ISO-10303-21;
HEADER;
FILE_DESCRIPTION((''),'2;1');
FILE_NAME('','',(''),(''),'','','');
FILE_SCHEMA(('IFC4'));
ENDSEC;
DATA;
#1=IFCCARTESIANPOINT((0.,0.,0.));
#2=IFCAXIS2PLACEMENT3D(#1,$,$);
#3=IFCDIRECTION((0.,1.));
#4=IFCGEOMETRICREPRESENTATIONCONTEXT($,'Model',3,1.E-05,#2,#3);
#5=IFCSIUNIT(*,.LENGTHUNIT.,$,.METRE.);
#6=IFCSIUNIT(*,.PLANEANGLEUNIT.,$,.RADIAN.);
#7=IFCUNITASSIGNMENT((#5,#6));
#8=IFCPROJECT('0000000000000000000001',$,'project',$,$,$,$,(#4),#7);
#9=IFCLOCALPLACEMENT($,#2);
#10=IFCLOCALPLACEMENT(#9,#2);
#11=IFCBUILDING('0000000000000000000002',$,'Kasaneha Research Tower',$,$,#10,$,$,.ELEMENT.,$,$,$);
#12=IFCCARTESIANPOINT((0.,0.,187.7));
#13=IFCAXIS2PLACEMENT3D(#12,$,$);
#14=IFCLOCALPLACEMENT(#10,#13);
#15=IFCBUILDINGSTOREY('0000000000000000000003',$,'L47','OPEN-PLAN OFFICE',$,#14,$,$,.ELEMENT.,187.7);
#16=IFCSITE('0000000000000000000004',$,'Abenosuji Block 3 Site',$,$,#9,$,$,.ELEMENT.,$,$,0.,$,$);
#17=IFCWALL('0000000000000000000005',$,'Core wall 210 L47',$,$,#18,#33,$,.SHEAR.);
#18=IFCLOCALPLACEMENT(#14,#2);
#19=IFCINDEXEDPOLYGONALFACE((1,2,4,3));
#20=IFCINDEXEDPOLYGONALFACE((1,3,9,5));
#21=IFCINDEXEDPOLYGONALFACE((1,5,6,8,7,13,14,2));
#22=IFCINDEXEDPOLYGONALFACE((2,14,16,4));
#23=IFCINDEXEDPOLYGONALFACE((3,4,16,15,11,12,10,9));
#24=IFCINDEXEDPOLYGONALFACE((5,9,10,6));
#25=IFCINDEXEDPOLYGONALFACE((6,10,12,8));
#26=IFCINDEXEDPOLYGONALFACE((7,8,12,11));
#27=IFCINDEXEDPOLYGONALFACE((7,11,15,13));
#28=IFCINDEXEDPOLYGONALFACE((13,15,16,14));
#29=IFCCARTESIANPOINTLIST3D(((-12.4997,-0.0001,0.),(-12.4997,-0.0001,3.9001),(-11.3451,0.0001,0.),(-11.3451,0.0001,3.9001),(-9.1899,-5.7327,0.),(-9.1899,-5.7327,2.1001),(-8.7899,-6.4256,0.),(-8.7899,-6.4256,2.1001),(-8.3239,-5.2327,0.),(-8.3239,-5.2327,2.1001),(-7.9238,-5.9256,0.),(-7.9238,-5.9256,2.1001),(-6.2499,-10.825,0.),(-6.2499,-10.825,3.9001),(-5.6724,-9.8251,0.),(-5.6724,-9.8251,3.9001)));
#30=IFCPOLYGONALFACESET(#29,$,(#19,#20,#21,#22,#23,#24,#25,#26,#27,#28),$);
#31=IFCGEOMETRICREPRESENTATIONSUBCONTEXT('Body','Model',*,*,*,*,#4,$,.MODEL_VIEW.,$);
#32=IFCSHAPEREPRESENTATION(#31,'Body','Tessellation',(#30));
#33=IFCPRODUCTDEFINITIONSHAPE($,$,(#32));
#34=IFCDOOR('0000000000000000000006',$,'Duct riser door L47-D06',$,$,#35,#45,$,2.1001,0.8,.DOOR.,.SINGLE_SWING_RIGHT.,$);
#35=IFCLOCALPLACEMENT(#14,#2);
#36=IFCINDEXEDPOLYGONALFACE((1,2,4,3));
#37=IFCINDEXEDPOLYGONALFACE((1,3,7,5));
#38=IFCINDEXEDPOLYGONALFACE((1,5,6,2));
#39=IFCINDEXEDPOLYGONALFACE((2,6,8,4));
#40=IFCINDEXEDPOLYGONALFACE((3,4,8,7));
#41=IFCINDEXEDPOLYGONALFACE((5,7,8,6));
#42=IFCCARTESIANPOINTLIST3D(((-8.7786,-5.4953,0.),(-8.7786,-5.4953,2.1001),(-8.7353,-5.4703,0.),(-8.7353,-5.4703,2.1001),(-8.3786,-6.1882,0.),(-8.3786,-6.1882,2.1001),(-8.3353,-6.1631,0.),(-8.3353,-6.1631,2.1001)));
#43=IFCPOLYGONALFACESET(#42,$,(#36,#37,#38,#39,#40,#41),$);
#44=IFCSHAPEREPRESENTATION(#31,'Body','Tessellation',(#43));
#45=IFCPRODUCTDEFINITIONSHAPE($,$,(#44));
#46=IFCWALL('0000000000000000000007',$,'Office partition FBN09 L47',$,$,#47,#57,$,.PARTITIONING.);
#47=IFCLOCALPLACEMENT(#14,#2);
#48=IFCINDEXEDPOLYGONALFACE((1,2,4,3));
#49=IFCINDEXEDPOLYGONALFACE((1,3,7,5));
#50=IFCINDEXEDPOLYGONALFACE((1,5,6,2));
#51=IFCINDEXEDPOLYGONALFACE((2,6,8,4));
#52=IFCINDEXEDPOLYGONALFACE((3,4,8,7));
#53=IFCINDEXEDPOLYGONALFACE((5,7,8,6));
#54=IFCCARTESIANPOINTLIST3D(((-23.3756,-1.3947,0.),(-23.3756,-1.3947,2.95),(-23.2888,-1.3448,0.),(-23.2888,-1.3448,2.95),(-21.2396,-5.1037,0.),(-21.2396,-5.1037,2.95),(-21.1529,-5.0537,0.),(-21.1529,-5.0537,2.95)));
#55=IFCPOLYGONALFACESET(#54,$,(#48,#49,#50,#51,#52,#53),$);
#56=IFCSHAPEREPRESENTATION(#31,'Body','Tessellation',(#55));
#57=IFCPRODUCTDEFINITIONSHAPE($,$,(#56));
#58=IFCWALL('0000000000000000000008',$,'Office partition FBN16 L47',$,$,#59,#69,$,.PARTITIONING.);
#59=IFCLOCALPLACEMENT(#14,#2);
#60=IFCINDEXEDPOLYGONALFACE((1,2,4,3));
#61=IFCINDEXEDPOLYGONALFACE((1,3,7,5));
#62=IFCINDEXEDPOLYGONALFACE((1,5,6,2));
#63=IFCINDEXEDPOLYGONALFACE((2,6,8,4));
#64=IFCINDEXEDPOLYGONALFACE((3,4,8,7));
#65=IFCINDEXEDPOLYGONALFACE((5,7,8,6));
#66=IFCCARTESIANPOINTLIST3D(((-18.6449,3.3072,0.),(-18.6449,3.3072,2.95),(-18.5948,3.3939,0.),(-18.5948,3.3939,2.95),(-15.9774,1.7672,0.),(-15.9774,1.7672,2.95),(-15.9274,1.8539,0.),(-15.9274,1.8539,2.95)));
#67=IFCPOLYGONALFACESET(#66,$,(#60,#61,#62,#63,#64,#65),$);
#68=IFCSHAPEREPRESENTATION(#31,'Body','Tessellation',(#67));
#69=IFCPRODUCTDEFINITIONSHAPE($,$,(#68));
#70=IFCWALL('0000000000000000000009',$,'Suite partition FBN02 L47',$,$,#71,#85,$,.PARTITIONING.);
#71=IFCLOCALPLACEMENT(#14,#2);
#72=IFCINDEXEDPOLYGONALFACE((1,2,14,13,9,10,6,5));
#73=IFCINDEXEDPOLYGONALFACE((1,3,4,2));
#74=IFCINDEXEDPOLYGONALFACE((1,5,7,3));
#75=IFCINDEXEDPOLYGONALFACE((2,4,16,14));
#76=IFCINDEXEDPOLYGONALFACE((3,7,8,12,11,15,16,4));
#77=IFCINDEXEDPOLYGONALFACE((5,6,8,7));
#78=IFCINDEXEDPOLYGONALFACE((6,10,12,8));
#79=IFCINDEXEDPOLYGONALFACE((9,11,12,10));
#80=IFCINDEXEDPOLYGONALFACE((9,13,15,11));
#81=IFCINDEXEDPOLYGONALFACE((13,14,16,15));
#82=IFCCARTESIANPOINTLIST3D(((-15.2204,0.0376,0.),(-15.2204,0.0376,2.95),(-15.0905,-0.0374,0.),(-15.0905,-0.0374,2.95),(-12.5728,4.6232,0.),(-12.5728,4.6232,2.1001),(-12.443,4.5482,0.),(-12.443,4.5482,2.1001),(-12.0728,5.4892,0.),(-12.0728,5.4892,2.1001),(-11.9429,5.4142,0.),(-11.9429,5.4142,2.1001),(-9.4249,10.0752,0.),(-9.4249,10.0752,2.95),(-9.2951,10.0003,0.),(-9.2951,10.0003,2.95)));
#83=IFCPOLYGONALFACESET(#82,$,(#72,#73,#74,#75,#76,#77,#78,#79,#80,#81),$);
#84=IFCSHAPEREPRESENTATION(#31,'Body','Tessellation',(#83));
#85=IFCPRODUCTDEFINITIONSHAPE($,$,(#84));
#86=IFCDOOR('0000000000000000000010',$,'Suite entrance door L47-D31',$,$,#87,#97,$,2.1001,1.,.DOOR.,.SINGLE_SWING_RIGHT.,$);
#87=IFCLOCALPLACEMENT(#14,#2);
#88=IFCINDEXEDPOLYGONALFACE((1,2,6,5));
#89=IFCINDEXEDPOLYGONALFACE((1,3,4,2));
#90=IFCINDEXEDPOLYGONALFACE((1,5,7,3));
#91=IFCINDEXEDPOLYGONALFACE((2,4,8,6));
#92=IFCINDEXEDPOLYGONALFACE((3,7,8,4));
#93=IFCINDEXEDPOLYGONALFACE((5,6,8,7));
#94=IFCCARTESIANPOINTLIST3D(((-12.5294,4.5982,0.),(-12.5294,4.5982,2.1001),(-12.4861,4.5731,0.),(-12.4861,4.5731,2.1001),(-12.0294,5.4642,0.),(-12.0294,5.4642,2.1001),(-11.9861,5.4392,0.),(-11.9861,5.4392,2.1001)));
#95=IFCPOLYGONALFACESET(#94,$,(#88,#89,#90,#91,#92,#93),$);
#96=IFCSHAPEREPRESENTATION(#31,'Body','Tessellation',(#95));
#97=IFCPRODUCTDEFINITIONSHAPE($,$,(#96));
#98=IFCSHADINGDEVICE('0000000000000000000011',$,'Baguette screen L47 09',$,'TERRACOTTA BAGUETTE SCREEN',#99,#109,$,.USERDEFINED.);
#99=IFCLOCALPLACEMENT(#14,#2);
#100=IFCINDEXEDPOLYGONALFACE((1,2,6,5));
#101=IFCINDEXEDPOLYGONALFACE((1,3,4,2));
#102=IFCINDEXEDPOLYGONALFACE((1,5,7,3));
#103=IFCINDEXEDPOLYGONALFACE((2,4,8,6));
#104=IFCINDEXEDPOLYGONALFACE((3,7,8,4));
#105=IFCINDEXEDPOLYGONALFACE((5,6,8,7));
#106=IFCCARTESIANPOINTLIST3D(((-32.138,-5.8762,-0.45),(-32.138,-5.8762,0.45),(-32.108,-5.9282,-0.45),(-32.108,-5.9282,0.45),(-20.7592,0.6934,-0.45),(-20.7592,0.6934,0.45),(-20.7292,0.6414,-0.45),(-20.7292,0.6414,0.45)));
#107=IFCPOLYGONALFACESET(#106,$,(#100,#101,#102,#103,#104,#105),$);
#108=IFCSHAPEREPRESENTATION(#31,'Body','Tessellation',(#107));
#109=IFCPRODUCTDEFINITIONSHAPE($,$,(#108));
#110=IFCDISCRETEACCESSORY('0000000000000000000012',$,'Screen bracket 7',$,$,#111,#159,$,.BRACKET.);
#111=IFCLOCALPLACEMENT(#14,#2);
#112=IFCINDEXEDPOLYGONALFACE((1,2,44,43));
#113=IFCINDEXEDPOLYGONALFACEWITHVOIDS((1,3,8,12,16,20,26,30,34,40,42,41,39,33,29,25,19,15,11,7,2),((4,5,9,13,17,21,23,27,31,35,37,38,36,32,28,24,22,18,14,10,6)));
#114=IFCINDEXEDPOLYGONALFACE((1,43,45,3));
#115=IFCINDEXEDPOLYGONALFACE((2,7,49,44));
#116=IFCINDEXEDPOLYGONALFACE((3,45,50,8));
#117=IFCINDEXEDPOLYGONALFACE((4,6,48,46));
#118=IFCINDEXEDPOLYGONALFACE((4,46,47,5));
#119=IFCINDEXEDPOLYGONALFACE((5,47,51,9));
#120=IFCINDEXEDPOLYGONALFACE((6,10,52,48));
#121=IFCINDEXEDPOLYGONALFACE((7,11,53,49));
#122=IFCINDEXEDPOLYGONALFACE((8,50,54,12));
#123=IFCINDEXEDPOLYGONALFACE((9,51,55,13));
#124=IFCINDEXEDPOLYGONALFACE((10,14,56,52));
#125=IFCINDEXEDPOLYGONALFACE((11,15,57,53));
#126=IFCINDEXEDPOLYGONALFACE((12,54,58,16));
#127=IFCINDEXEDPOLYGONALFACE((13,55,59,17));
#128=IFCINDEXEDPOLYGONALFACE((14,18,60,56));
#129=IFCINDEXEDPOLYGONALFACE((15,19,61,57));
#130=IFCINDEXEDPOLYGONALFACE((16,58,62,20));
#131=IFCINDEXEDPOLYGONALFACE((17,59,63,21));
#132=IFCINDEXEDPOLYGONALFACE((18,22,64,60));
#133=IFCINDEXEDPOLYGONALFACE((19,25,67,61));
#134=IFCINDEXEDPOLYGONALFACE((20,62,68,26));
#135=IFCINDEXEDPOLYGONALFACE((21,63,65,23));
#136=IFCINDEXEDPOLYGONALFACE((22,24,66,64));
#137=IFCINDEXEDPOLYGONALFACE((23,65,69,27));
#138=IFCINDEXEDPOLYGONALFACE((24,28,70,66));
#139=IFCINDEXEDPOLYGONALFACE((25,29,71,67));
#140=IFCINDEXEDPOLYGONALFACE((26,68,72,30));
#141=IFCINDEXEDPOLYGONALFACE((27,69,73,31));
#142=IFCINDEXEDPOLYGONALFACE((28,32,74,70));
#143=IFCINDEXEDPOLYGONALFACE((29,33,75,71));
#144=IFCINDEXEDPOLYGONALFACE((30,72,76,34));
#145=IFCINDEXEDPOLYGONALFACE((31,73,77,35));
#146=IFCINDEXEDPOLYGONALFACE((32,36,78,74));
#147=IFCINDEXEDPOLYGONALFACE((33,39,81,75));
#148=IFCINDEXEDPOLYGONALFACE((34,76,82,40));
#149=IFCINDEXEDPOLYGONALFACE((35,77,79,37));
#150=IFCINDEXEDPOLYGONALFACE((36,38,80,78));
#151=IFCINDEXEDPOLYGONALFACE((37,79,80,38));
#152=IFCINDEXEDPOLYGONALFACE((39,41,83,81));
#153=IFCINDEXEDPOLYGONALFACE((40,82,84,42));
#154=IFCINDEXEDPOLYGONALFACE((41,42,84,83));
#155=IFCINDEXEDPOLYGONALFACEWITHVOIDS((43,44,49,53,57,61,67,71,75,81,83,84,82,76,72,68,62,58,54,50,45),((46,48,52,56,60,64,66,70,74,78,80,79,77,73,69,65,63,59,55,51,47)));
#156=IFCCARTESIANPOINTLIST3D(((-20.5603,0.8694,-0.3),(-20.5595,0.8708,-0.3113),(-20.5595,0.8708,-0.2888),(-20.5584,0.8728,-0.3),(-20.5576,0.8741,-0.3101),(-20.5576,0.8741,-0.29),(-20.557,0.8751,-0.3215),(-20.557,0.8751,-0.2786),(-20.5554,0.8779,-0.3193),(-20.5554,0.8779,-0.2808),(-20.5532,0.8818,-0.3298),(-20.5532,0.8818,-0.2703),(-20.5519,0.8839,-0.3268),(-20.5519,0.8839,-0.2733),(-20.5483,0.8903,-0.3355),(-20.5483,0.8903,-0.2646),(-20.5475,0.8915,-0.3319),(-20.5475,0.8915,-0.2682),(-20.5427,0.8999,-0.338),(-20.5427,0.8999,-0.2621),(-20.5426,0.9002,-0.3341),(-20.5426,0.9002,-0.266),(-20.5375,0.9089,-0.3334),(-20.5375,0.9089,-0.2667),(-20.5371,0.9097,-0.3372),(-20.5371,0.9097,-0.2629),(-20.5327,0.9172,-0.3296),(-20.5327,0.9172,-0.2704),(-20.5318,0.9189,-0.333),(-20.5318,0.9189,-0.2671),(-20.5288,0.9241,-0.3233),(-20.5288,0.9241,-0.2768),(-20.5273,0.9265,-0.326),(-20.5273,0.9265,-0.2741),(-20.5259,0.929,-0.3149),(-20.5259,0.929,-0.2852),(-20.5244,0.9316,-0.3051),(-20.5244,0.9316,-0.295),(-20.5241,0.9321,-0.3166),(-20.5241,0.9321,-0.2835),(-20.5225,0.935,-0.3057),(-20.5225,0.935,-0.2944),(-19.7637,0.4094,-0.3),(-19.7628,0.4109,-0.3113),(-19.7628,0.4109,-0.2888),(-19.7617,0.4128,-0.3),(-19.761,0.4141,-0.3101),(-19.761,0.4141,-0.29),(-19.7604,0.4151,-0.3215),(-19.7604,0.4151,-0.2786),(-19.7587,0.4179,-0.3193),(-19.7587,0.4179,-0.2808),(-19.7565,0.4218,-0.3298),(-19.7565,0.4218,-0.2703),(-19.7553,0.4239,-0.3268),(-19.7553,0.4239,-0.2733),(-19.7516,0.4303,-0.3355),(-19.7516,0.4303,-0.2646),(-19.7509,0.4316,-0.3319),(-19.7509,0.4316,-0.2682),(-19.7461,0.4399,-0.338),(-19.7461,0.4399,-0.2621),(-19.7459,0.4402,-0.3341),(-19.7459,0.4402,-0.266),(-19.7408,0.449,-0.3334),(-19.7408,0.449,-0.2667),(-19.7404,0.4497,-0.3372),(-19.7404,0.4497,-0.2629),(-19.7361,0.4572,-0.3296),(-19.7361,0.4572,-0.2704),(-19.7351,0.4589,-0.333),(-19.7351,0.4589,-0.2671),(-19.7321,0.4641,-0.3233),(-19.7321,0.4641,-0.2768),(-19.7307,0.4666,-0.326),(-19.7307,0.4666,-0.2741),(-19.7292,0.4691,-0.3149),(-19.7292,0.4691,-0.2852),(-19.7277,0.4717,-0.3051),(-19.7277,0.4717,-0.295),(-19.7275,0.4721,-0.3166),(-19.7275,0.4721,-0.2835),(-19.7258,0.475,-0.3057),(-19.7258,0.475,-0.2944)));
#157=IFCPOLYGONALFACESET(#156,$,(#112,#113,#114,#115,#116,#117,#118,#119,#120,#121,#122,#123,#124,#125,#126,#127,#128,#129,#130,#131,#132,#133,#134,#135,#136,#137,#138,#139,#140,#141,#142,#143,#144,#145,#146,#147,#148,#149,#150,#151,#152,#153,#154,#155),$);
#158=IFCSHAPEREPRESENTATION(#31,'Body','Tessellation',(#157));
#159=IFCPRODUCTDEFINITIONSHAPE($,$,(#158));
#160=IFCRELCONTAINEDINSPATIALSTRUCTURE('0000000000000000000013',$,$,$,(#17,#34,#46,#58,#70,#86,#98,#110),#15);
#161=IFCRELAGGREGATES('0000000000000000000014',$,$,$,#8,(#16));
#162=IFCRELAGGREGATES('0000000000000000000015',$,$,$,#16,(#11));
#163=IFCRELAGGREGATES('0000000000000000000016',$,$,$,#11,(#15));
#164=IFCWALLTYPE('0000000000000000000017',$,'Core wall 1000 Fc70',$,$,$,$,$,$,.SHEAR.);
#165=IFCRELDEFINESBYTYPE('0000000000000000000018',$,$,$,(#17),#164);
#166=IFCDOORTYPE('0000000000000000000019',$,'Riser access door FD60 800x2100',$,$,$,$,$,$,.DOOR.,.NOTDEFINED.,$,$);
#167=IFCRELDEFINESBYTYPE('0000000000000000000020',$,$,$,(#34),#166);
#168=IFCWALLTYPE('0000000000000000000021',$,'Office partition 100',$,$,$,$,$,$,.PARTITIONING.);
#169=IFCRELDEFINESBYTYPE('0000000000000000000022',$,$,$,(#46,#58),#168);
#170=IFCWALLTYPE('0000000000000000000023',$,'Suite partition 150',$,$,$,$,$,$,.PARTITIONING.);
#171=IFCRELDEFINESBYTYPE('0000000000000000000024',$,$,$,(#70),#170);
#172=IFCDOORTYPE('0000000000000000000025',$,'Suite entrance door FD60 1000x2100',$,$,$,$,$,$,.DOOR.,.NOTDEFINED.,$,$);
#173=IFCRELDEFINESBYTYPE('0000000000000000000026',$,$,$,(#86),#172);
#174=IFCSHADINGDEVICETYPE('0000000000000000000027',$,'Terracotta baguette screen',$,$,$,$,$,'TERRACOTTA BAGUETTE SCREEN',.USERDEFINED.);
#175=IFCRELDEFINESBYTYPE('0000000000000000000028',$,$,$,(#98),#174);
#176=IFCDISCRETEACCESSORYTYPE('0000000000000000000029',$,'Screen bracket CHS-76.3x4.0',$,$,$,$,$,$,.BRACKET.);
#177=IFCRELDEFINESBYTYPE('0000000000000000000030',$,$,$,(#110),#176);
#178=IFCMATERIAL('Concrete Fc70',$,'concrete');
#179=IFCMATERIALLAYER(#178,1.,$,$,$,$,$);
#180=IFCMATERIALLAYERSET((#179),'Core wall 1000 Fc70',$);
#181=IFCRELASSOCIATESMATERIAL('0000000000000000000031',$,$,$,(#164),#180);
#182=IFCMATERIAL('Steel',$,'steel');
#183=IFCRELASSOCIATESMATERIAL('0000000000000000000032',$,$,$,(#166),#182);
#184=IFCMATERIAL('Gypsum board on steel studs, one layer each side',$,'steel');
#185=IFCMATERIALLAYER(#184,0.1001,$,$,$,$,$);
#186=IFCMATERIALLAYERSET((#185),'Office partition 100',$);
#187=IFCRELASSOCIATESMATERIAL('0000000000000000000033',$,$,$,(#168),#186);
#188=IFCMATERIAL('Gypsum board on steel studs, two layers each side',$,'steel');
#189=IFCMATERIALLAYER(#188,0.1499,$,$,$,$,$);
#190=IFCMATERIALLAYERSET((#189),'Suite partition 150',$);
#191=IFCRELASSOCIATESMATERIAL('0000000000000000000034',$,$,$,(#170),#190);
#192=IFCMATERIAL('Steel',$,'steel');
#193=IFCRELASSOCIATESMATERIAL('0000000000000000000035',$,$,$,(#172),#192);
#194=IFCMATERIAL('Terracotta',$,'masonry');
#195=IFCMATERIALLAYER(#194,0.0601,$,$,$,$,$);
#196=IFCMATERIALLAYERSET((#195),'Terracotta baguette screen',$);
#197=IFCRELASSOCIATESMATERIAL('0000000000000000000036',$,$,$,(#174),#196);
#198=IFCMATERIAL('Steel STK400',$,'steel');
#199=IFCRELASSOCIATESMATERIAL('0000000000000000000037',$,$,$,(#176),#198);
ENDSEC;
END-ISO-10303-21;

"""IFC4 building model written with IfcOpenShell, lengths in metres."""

from ifc_helpers import new_model, si_unit, direction, frame, frame_2d, origin, origin_2d, place, context, subcontext, project, spatial, polyline, rectangle, hollow_circle, outline, extrude, material, layer, layer_set, material_profile, profile_set, type_object, element, fill, save


model = new_model("IFC4")

# Units and contexts
model_context = context("Model", 3, precision=1e-05, world=origin(), true_north=direction((0.0, 1.0)))
body_context = subcontext(model_context, "Body", "Model", "MODEL_VIEW")
ifc_project = project(units=[si_unit("LENGTHUNIT", "METRE"), si_unit("PLANEANGLEUNIT", "RADIAN")], contexts=[model_context])

# Site, building, storey
site_placement = place(None, origin())
site = spatial("IfcSite", under=ifc_project, at=site_placement, Name="Abenosuji Block 3 Site", CompositionType="ELEMENT", RefElevation=0.0)
building_placement = place(site_placement, origin())
building = spatial("IfcBuilding", under=site, at=building_placement, Name="Kasaneha Research Tower", CompositionType="ELEMENT")
storey_placement = place(building_placement, frame((0.0, 0.0, 187.7)))
storey = spatial("IfcBuildingStorey", under=building, at=storey_placement, Name="L47", Description="OPEN-PLAN OFFICE", CompositionType="ELEMENT", Elevation=187.7)

# Wall, opening, door
ifc_material_1 = material(Name="Concrete Fc70", Category="concrete")
ifc_layer_1 = layer(ifc_material_1, 1.0)
ifc_layer_set_1 = layer_set([ifc_layer_1], Name="Core wall 1000 Fc70")
wall_type_1 = type_object("IfcWallType", Name="Core wall 1000 Fc70", PredefinedType="SHEAR", material=ifc_layer_set_1)
wall_1_placement = place(storey_placement, frame((-11.9224, 0.0, 0.0), z_axis=(0.0, 0.0, 1.0), x_axis=(0.500004, -0.866023, 0.0)))
wall_1 = element("IfcWall", 1, at=wall_1_placement, inside=storey, type_object=wall_type_1, Name="Core wall 210 L47", PredefinedType="SHEAR", context=body_context, shape_type="SweptSolid", body=[
    extrude(outline(polyline([(-0.2886, -0.5), (6.3311, -0.5), (7.1311, -0.5), (12.2109, -0.5), (11.6338, 0.5), (7.1311, 0.5), (6.3311, 0.5), (0.2886, 0.5), (-0.2886, -0.5)])), origin(), (0.0, 0.0, 1.0), 3.9001),
])
opening_1_placement = place(wall_1_placement, frame((6.3311, 0.0, 0.0)))
opening_1 = element("IfcOpeningElement", 2, at=opening_1_placement, cuts=wall_1, PredefinedType="OPENING", context=body_context, shape_type="SweptSolid", body=[
    extrude(rectangle(XDim=0.8, YDim=2.1001, at=frame_2d((0.3999, 1.05))), frame((0.0, 0.51, 0.0), z_axis=(0.0, -1.0, 0.0), x_axis=(1.0, 0.0, 0.0)), (0.0, 0.0, 1.0), 1.02),
])
ifc_material_2 = material(Name="Steel", Category="steel")
door_type_1 = type_object("IfcDoorType", Name="Riser access door FD60 800x2100", OperationType="NOTDEFINED", PredefinedType="DOOR", material=ifc_material_2)
door_1_placement = place(opening_1_placement, origin())
door_1 = element("IfcDoor", 3, at=door_1_placement, inside=storey, type_object=door_type_1, Name="Duct riser door L47-D06", OperationType="SINGLE_SWING_RIGHT", OverallHeight=2.1001, OverallWidth=0.8, PredefinedType="DOOR", context=body_context, shape_type="SweptSolid", body=[
    extrude(rectangle(XDim=0.8, YDim=2.1001, at=frame_2d((0.3999, 1.05))), frame((0.0, 0.0249, 0.0), z_axis=(0.0, -1.0, 0.0), x_axis=(1.0, 0.0, 0.0)), (0.0, 0.0, 1.0), 0.05),
])
fill(opening_1, door_1)

# Walls
ifc_material_3 = material(Name="Gypsum board on steel studs, one layer each side", Category="steel")
ifc_layer_2 = layer(ifc_material_3, 0.1001)
ifc_layer_set_2 = layer_set([ifc_layer_2], Name="Office partition 100")
wall_type_2 = type_object("IfcWallType", Name="Office partition 100", PredefinedType="PARTITIONING", material=ifc_layer_set_2)
wall_2_placement = place(storey_placement, frame((-23.3323, -1.3696, 0.0), z_axis=(0.0, 0.0, 1.0), x_axis=(0.499054, -0.866571, 0.0)))
element("IfcWall", 4, at=wall_2_placement, inside=storey, type_object=wall_type_2, Name="Office partition FBN09 L47", PredefinedType="PARTITIONING", context=body_context, shape_type="SweptSolid", body=[
    extrude(rectangle(XDim=4.28, YDim=0.1001, at=frame_2d((2.1401, 0.0))), origin(), (0.0, 0.0, 1.0), 2.95),
])
wall_3_placement = place(storey_placement, frame((-15.9524, 1.8105, 0.0), z_axis=(0.0, 0.0, 1.0), x_axis=(-0.86603, 0.499992, 0.0)))
element("IfcWall", 5, at=wall_3_placement, inside=storey, type_object=wall_type_2, Name="Office partition FBN16 L47", PredefinedType="PARTITIONING", context=body_context, shape_type="SweptSolid", body=[
    extrude(rectangle(XDim=3.0801, YDim=0.1001, at=frame_2d((1.54, 0.0))), origin(), (0.0, 0.0, 1.0), 2.95),
])

# Wall, opening, door
ifc_material_4 = material(Name="Gypsum board on steel studs, two layers each side", Category="steel")
ifc_layer_3 = layer(ifc_material_4, 0.1499)
ifc_layer_set_3 = layer_set([ifc_layer_3], Name="Suite partition 150")
wall_type_3 = type_object("IfcWallType", Name="Suite partition 150", PredefinedType="PARTITIONING", material=ifc_layer_set_3)
wall_4_placement = place(storey_placement, frame((-15.1555, 0.0, 0.0), z_axis=(0.0, 0.0, 1.0), x_axis=(0.500013, 0.866018, 0.0)))
wall_4 = element("IfcWall", 6, at=wall_4_placement, inside=storey, type_object=wall_type_3, Name="Suite partition FBN02 L47", PredefinedType="PARTITIONING", context=body_context, shape_type="SweptSolid", body=[
    extrude(rectangle(XDim=11.5906, YDim=0.1499, at=frame_2d((5.7954, 0.0))), origin(), (0.0, 0.0, 1.0), 2.95),
])
opening_2_placement = place(wall_4_placement, frame((5.2952, 0.0, 0.0)))
opening_2 = element("IfcOpeningElement", 7, at=opening_2_placement, cuts=wall_4, PredefinedType="OPENING", context=body_context, shape_type="SweptSolid", body=[
    extrude(rectangle(XDim=1.0, YDim=2.1001, at=frame_2d((0.5, 1.05))), frame((0.0, 0.085, 0.0), z_axis=(0.0, -1.0, 0.0), x_axis=(1.0, 0.0, 0.0)), (0.0, 0.0, 1.0), 0.1699),
])
ifc_material_5 = material(Name="Steel", Category="steel")
door_type_2 = type_object("IfcDoorType", Name="Suite entrance door FD60 1000x2100", OperationType="NOTDEFINED", PredefinedType="DOOR", material=ifc_material_5)
door_2_placement = place(opening_2_placement, origin())
door_2 = element("IfcDoor", 8, at=door_2_placement, inside=storey, type_object=door_type_2, Name="Suite entrance door L47-D31", OperationType="SINGLE_SWING_RIGHT", OverallHeight=2.1001, OverallWidth=1.0, PredefinedType="DOOR", context=body_context, shape_type="SweptSolid", body=[
    extrude(rectangle(XDim=1.0, YDim=2.1001, at=frame_2d((0.5, 1.05))), frame((0.0, 0.0249, 0.0), z_axis=(0.0, -1.0, 0.0), x_axis=(1.0, 0.0, 0.0)), (0.0, 0.0, 1.0), 0.05),
])
fill(opening_2, door_2)

# Shading device
ifc_material_6 = material(Name="Terracotta", Category="masonry")
ifc_layer_4 = layer(ifc_material_6, 0.0601)
ifc_layer_set_4 = layer_set([ifc_layer_4], Name="Terracotta baguette screen")
shading_device_type = type_object("IfcShadingDeviceType", Name="Terracotta baguette screen", ElementType="TERRACOTTA BAGUETTE SCREEN", PredefinedType="USERDEFINED", material=ifc_layer_set_4)
shading_device_placement = place(storey_placement, frame((-26.4336, -2.6174, -0.45), z_axis=(0.0, 0.0, 1.0), x_axis=(-0.866025, -0.5, 0.0)))
element("IfcShadingDevice", 9, at=shading_device_placement, inside=storey, type_object=shading_device_type, Name="Baguette screen L47 09", ObjectType="TERRACOTTA BAGUETTE SCREEN", PredefinedType="USERDEFINED", context=body_context, shape_type="SweptSolid", body=[
    extrude(rectangle(XDim=13.1392, YDim=0.0601, at=origin_2d()), origin(), (0.0, 0.0, 1.0), 0.8999),
])

# Discrete accessory
ifc_material_7 = material(Name="Steel STK400", Category="steel")
ifc_material_profile_1 = material_profile(ifc_material_7, hollow_circle(Radius=0.0381, WallThickness=0.0039, at=origin_2d()), Name="CHS-76.3x4.0")
ifc_profile_set_1 = profile_set([ifc_material_profile_1], Name="Steel STK400")
discrete_accessory_type = type_object("IfcDiscreteAccessoryType", Name="Screen bracket CHS-76.3x4.0", PredefinedType="BRACKET", material=ifc_profile_set_1)
for number, where, z_axis, x_axis, name in (
    (10, (-19.7446, 0.4424, -0.3), (-0.866013, 0.500021, 0.0), (-0.500021, -0.866013, 0.0), "Screen bracket 7"),
):
    element("IfcDiscreteAccessory", number, at=place(storey_placement, frame(where, z_axis=z_axis, x_axis=x_axis)), inside=storey, type_object=discrete_accessory_type, Name=name, PredefinedType="BRACKET", context=body_context, shape_type="SweptSolid", body=[
        extrude(hollow_circle(Radius=0.0381, WallThickness=0.0039, at=origin_2d()), origin(), (0.0, 0.0, 1.0), 0.9199),
    ])

save(model, "model.ifc")
